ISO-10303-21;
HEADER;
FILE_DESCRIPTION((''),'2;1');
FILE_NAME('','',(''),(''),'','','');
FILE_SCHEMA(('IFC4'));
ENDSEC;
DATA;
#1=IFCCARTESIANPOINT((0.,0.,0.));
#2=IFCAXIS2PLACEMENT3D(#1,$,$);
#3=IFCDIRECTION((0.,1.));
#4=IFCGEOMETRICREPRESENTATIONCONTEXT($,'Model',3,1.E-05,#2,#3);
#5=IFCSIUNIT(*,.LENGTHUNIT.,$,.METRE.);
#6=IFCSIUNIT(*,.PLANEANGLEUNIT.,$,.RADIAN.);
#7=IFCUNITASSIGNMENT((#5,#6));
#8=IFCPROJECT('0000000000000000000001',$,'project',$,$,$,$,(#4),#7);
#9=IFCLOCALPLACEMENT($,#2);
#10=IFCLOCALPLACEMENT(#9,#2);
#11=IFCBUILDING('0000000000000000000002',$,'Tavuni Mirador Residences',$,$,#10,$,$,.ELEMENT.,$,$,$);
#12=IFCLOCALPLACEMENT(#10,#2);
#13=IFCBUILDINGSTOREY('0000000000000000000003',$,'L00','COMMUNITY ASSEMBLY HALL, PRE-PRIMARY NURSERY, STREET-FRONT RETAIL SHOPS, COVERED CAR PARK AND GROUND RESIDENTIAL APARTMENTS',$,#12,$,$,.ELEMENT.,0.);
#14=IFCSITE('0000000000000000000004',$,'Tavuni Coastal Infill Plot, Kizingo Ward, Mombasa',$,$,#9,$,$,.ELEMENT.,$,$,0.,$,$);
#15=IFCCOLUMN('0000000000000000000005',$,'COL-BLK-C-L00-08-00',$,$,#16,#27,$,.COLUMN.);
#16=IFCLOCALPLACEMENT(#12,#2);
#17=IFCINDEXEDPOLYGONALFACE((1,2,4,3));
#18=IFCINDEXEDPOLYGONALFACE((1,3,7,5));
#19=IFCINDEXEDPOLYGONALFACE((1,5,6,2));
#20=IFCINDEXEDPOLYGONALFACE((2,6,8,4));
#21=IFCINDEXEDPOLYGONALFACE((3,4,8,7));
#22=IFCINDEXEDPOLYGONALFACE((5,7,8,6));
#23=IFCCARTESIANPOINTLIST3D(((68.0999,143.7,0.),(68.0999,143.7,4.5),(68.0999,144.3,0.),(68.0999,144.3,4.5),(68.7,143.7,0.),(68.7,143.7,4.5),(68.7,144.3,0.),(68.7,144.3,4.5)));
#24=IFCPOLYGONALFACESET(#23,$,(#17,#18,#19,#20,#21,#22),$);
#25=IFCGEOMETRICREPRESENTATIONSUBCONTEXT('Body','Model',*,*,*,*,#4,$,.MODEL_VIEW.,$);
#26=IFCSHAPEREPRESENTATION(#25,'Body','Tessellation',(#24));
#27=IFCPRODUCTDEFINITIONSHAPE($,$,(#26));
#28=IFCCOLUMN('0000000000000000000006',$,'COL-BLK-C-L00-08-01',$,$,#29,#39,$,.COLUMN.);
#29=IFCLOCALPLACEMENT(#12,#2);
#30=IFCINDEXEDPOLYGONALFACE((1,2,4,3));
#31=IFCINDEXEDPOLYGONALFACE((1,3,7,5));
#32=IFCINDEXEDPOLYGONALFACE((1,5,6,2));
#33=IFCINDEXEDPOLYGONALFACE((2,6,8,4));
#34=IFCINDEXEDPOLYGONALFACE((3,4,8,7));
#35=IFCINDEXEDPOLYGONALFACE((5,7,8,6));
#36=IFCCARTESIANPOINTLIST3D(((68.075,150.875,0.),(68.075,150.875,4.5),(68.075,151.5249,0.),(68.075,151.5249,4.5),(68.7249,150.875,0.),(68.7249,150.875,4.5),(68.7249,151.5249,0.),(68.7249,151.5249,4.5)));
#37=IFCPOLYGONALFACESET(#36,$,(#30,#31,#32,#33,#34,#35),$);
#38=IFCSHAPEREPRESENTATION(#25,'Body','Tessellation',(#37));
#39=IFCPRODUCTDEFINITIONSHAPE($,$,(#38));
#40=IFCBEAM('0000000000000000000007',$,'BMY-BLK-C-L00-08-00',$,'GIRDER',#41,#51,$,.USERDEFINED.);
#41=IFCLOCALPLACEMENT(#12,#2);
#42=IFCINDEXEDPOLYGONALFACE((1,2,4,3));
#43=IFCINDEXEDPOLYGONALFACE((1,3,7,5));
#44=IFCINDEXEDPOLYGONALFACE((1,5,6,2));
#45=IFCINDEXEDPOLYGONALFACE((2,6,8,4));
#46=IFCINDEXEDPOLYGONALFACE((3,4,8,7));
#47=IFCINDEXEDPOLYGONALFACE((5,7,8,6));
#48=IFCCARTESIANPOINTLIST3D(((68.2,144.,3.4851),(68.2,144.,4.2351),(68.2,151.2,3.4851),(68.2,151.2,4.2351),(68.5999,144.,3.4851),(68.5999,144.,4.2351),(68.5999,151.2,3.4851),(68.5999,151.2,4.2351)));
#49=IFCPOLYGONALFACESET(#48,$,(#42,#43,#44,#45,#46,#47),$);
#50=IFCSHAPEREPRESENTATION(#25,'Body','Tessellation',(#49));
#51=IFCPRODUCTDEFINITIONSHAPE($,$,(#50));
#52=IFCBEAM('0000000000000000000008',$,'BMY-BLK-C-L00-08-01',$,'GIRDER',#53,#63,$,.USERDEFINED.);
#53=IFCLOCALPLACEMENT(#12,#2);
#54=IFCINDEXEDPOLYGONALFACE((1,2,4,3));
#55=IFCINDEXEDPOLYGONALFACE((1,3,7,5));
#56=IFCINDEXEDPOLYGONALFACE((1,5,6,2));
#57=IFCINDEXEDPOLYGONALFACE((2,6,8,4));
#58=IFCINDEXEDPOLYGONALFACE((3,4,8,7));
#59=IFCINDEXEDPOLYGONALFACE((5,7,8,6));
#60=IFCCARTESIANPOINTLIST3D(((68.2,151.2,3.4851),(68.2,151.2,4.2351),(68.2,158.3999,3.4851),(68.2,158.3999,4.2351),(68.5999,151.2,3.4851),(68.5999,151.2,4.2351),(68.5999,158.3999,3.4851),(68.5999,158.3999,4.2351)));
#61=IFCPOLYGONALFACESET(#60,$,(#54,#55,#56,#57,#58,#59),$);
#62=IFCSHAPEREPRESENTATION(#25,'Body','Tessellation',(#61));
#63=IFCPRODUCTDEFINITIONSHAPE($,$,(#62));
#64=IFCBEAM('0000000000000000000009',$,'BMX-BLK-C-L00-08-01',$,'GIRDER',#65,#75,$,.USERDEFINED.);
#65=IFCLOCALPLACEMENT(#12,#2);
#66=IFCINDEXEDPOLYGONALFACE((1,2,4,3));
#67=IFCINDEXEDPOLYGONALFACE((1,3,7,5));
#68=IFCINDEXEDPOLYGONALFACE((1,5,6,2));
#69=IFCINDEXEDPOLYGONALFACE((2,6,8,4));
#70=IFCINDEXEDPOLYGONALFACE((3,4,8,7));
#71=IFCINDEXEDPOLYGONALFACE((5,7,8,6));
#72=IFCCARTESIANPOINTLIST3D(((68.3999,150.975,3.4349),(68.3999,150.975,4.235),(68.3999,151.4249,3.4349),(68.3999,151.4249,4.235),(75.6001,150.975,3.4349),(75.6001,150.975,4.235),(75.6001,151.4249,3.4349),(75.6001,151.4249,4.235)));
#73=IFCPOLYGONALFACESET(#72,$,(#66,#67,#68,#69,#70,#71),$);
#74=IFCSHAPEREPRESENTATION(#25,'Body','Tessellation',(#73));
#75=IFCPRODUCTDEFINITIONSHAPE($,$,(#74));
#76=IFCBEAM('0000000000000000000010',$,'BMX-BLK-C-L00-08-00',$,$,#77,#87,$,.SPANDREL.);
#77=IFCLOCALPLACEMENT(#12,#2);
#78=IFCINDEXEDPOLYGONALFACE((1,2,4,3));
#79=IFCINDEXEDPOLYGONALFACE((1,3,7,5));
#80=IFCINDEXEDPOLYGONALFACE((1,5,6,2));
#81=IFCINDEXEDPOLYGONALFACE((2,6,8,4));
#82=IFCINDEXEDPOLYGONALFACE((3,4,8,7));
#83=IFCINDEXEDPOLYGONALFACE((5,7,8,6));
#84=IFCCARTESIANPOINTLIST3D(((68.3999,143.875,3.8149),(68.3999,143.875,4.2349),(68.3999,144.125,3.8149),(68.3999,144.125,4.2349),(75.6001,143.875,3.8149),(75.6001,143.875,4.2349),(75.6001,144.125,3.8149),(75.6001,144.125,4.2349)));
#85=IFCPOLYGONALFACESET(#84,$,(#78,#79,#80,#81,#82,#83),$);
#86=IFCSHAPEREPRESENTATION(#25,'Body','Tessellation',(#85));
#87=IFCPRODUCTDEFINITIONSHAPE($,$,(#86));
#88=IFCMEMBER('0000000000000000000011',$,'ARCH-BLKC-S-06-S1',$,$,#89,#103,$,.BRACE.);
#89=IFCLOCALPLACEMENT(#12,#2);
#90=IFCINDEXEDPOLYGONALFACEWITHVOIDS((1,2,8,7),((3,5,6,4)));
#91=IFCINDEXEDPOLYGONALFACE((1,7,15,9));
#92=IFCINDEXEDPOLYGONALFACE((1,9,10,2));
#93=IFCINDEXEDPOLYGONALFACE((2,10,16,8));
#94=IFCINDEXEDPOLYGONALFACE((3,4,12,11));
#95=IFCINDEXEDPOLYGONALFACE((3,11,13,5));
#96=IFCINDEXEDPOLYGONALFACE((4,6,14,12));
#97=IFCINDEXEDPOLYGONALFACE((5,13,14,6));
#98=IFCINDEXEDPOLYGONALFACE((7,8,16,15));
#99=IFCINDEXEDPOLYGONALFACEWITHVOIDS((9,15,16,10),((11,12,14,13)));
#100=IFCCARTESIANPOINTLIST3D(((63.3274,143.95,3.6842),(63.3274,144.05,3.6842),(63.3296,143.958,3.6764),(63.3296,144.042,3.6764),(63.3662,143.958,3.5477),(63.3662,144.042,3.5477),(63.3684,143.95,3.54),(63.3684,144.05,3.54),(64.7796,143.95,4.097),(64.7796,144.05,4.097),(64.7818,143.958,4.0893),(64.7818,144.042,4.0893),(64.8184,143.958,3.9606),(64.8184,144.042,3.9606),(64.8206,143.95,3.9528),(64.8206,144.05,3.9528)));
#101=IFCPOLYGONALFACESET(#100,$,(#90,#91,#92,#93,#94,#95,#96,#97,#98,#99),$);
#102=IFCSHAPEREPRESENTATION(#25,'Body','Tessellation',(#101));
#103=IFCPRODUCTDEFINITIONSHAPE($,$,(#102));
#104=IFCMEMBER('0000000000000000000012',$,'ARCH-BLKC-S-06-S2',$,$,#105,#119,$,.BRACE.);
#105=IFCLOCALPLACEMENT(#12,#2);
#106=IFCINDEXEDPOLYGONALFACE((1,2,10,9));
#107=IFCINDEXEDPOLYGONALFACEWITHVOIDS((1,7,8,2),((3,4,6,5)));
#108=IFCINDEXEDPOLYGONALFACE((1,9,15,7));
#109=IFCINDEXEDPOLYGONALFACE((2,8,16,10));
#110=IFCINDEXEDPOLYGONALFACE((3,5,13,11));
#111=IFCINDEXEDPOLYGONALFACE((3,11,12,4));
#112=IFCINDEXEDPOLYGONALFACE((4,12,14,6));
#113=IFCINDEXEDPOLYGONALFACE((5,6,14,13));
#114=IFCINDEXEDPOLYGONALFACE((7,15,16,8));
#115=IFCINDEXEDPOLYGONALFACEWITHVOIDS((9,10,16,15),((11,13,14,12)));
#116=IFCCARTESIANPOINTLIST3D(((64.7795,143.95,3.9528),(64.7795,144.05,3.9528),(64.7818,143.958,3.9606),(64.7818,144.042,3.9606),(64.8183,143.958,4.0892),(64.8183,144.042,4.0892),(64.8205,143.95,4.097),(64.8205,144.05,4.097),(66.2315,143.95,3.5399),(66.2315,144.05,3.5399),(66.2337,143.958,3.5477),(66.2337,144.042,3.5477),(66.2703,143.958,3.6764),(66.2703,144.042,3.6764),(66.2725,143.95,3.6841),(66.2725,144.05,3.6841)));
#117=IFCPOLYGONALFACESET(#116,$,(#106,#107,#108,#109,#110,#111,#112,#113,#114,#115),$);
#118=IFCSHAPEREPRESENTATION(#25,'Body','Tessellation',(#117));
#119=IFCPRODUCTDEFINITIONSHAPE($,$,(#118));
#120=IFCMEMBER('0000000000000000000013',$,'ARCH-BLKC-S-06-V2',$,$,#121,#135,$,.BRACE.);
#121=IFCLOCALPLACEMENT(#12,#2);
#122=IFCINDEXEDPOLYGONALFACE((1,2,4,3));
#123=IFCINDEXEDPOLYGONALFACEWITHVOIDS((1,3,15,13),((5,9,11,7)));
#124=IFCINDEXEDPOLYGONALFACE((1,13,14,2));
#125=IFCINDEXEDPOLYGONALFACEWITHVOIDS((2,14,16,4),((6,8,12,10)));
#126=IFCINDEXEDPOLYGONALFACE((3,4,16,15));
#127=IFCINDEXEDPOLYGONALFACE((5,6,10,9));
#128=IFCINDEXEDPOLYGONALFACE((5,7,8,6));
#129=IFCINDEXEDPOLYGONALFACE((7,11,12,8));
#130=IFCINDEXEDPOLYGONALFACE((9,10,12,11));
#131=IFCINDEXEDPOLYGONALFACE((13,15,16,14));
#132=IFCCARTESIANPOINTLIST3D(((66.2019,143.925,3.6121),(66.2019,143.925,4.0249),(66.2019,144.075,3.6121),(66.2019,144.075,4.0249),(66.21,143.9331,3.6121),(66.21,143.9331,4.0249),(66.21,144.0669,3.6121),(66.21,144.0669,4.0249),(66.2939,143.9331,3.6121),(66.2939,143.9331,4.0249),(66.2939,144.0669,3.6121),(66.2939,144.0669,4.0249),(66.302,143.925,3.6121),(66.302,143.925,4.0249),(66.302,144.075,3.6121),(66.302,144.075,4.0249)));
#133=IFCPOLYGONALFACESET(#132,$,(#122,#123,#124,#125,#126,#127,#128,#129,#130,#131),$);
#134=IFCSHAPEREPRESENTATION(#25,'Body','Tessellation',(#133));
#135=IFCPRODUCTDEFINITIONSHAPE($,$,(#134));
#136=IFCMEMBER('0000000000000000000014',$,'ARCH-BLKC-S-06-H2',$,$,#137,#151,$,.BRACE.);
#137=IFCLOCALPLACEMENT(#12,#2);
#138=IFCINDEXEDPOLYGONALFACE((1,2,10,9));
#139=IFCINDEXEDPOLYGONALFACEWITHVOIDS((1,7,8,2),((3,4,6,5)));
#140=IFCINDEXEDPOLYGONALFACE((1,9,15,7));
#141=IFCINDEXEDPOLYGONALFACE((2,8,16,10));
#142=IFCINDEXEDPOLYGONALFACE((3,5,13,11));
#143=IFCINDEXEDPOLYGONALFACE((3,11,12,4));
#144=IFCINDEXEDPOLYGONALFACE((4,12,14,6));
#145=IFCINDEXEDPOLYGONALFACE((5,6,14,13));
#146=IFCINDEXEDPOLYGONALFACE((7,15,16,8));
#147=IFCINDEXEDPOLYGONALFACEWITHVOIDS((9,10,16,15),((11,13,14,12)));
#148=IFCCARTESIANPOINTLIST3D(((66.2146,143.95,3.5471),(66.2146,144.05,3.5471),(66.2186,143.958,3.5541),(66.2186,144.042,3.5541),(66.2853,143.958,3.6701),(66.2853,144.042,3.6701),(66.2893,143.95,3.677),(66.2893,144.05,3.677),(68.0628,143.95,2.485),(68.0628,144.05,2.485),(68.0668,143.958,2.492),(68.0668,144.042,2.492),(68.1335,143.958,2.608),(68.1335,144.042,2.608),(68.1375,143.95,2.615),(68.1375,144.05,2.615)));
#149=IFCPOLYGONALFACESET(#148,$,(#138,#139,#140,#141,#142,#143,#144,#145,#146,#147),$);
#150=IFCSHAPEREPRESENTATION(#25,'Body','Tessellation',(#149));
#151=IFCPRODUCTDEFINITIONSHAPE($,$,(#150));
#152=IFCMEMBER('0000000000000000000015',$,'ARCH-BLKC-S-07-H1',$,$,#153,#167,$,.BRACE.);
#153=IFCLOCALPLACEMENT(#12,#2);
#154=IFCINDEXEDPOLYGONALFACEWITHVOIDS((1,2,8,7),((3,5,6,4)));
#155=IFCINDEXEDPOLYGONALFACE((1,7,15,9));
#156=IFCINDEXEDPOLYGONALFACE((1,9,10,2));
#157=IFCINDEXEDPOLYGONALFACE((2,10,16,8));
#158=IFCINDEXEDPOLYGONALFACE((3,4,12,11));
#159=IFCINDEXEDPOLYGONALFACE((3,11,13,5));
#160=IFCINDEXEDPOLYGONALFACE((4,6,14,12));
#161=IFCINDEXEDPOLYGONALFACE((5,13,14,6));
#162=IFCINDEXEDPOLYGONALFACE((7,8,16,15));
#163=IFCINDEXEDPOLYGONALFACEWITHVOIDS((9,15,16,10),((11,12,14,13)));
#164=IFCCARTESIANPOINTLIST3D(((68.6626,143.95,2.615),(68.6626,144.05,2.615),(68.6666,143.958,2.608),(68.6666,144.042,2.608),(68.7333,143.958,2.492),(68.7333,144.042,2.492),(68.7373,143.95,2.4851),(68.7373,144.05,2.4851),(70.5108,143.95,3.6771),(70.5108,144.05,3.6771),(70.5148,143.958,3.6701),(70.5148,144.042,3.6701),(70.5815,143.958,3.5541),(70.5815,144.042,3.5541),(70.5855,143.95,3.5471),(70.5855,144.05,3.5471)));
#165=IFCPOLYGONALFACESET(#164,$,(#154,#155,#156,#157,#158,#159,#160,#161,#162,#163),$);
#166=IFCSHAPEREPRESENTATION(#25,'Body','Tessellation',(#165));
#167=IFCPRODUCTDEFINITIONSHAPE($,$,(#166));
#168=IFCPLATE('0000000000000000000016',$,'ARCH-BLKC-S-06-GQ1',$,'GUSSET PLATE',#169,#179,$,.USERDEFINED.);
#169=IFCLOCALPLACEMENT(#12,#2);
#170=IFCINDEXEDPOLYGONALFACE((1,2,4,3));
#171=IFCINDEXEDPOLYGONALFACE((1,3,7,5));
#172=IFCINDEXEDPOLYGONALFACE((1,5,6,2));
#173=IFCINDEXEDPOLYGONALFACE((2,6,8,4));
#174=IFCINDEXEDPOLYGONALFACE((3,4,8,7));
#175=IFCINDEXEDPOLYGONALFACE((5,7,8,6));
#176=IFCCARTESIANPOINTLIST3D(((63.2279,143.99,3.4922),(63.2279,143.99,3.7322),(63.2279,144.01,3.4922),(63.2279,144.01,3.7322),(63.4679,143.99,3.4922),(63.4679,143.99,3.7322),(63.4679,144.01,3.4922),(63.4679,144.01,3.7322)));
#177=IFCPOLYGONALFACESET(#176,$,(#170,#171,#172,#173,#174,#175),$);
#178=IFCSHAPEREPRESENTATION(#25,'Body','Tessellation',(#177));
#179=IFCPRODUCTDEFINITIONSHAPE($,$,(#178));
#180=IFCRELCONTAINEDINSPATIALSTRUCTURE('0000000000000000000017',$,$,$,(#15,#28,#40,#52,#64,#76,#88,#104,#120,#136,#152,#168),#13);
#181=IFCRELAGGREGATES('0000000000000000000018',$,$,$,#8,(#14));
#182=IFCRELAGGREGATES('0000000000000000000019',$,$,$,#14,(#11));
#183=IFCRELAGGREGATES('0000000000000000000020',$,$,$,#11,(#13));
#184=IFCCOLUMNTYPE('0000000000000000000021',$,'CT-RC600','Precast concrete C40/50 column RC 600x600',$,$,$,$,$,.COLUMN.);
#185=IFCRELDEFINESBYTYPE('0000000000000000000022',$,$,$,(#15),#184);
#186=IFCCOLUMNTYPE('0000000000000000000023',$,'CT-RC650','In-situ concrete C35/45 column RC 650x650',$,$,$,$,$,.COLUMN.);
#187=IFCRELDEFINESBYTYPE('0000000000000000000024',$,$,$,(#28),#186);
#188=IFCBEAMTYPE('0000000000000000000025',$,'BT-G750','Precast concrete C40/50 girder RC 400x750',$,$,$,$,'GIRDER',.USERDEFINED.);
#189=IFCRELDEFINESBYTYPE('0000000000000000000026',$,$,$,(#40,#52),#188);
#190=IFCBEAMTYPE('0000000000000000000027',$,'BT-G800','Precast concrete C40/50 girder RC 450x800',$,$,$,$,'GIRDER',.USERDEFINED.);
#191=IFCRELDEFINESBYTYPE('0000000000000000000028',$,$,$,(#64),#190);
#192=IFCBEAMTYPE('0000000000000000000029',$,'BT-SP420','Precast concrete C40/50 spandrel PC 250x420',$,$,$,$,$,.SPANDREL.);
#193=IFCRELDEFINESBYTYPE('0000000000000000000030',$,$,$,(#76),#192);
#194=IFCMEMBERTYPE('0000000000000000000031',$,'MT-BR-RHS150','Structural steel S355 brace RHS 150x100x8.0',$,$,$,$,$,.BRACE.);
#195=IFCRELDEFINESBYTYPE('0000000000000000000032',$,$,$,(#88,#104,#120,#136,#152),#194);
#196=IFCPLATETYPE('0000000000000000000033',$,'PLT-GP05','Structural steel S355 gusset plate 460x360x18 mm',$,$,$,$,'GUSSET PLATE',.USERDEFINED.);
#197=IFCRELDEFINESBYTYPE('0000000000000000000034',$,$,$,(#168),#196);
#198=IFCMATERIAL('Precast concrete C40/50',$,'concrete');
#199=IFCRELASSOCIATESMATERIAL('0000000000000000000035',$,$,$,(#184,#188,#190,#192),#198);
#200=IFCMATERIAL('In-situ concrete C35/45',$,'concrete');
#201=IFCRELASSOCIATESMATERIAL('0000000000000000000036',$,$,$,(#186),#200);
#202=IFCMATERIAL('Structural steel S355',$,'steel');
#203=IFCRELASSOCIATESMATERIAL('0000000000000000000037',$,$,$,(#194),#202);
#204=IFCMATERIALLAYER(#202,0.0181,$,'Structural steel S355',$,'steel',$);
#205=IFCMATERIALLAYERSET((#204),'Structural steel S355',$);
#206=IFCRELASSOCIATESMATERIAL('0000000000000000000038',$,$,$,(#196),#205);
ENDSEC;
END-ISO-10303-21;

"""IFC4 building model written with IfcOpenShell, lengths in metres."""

from ifc_helpers import new_model, si_unit, direction, frame, origin, origin_2d, place, context, subcontext, project, spatial, rectangle, hollow_rectangle, extrude, material, layer, layer_set, material_profile, profile_set, type_object, element, save


model = new_model("IFC4")

# Units and contexts
model_context = context("Model", 3, precision=1e-05, world=origin(), true_north=direction((0.0, 1.0)))
body_context = subcontext(model_context, "Body", "Model", "MODEL_VIEW")
ifc_project = project(units=[si_unit("LENGTHUNIT", "METRE"), si_unit("PLANEANGLEUNIT", "RADIAN")], contexts=[model_context])

# Site, building, storey
site_placement = place(None, origin())
site = spatial("IfcSite", under=ifc_project, at=site_placement, Name="Tavuni Coastal Infill Plot, Kizingo Ward, Mombasa", CompositionType="ELEMENT", RefElevation=0.0)
building_placement = place(site_placement, origin())
building = spatial("IfcBuilding", under=site, at=building_placement, Name="Tavuni Mirador Residences", CompositionType="ELEMENT")
storey_placement = place(building_placement, origin())
storey = spatial("IfcBuildingStorey", under=building, at=storey_placement, Name="L00", Description="COMMUNITY ASSEMBLY HALL, PRE-PRIMARY NURSERY, STREET-FRONT RETAIL SHOPS, COVERED CAR PARK AND GROUND RESIDENTIAL APARTMENTS", CompositionType="ELEMENT", Elevation=0.0)

# Columns
ifc_material_1 = material(Name="Precast concrete C40/50", Category="concrete")
ifc_material_profile_1 = material_profile(ifc_material_1, rectangle(XDim=0.6001, YDim=0.6001, at=origin_2d()), Name="RC 600x600", Category="concrete")
ifc_profile_set_1 = profile_set([ifc_material_profile_1], Name="Precast concrete C40/50")
column_type_1 = type_object("IfcColumnType", Name="CT-RC600", Description="Precast concrete C40/50 column RC 600x600", PredefinedType="COLUMN", material=ifc_profile_set_1)
column_1_placement = place(storey_placement, frame((68.3999, 144.0, 0.0), z_axis=(0.0, 0.0, 1.0), x_axis=(1.0, 0.0, 0.0)))
element("IfcColumn", 1, at=column_1_placement, inside=storey, type_object=column_type_1, Name="COL-BLK-C-L00-08-00", PredefinedType="COLUMN", context=body_context, shape_type="SweptSolid", body=[
    extrude(rectangle(XDim=0.6001, YDim=0.6001, at=origin_2d()), origin(), (0.0, 0.0, 1.0), 4.5),
])
ifc_material_2 = material(Name="In-situ concrete C35/45", Category="concrete")
ifc_material_profile_2 = material_profile(ifc_material_2, rectangle(XDim=0.6499, YDim=0.6499, at=origin_2d()), Name="RC 650x650", Category="concrete")
ifc_profile_set_2 = profile_set([ifc_material_profile_2], Name="In-situ concrete C35/45")
column_type_2 = type_object("IfcColumnType", Name="CT-RC650", Description="In-situ concrete C35/45 column RC 650x650", PredefinedType="COLUMN", material=ifc_profile_set_2)
column_2_placement = place(storey_placement, frame((68.3999, 151.2, 0.0), z_axis=(0.0, 0.0, 1.0), x_axis=(1.0, 0.0, 0.0)))
element("IfcColumn", 2, at=column_2_placement, inside=storey, type_object=column_type_2, Name="COL-BLK-C-L00-08-01", PredefinedType="COLUMN", context=body_context, shape_type="SweptSolid", body=[
    extrude(rectangle(XDim=0.6499, YDim=0.6499, at=origin_2d()), origin(), (0.0, 0.0, 1.0), 4.5),
])

# Beams
ifc_material_profile_3 = material_profile(ifc_material_1, rectangle(XDim=0.3999, YDim=0.75, at=origin_2d()), Name="RC 400x750", Category="concrete")
ifc_profile_set_3 = profile_set([ifc_material_profile_3], Name="Precast concrete C40/50")
beam_type_1 = type_object("IfcBeamType", Name="BT-G750", Description="Precast concrete C40/50 girder RC 400x750", ElementType="GIRDER", PredefinedType="USERDEFINED", material=ifc_profile_set_3)
for number, where, z_axis, x_axis, name in (
    (3, (68.3999, 144.0, 3.8601), (0.0, 1.0, 0.0), (-1.0, 0.0, 0.0), "BMY-BLK-C-L00-08-00"),
    (4, (68.3999, 151.2, 3.8601), (0.0, 1.0, 0.0), (-1.0, 0.0, 0.0), "BMY-BLK-C-L00-08-01"),
):
    element("IfcBeam", number, at=place(storey_placement, frame(where, z_axis=z_axis, x_axis=x_axis)), inside=storey, type_object=beam_type_1, Name=name, ObjectType="GIRDER", PredefinedType="USERDEFINED", context=body_context, shape_type="SweptSolid", body=[
        extrude(rectangle(XDim=0.3999, YDim=0.75, at=origin_2d()), origin(), (0.0, 0.0, 1.0), 7.2),
    ])
ifc_material_profile_4 = material_profile(ifc_material_1, rectangle(XDim=0.45, YDim=0.8, at=origin_2d()), Name="RC 450x800", Category="concrete")
ifc_profile_set_4 = profile_set([ifc_material_profile_4], Name="Precast concrete C40/50")
beam_type_2 = type_object("IfcBeamType", Name="BT-G800", Description="Precast concrete C40/50 girder RC 450x800", ElementType="GIRDER", PredefinedType="USERDEFINED", material=ifc_profile_set_4)
beam_1_placement = place(storey_placement, frame((68.3999, 151.2, 3.835), z_axis=(1.0, 0.0, 0.0), x_axis=(0.0, 1.0, 0.0)))
element("IfcBeam", 5, at=beam_1_placement, inside=storey, type_object=beam_type_2, Name="BMX-BLK-C-L00-08-01", ObjectType="GIRDER", PredefinedType="USERDEFINED", context=body_context, shape_type="SweptSolid", body=[
    extrude(rectangle(XDim=0.45, YDim=0.8, at=origin_2d()), origin(), (0.0, 0.0, 1.0), 7.2002),
])
ifc_material_profile_5 = material_profile(ifc_material_1, rectangle(XDim=0.25, YDim=0.4199, at=origin_2d()), Name="PC 250x420", Category="concrete")
ifc_profile_set_5 = profile_set([ifc_material_profile_5], Name="Precast concrete C40/50")
beam_type_3 = type_object("IfcBeamType", Name="BT-SP420", Description="Precast concrete C40/50 spandrel PC 250x420", PredefinedType="SPANDREL", material=ifc_profile_set_5)
beam_2_placement = place(storey_placement, frame((68.3999, 144.0, 4.0249), z_axis=(1.0, 0.0, 0.0), x_axis=(0.0, 1.0, 0.0)))
element("IfcBeam", 6, at=beam_2_placement, inside=storey, type_object=beam_type_3, Name="BMX-BLK-C-L00-08-00", PredefinedType="SPANDREL", context=body_context, shape_type="SweptSolid", body=[
    extrude(rectangle(XDim=0.25, YDim=0.4199, at=origin_2d()), origin(), (0.0, 0.0, 1.0), 7.2002),
])

# Members
ifc_material_3 = material(Name="Structural steel S355", Category="steel")
ifc_material_profile_6 = material_profile(ifc_material_3, hollow_rectangle(XDim=0.1001, YDim=0.1499, WallThickness=0.0081, at=origin_2d()), Name="RHS 150x100x8.0", Category="steel")
ifc_profile_set_6 = profile_set([ifc_material_profile_6], Name="Structural steel S355")
member_type = type_object("IfcMemberType", Name="MT-BR-RHS150", Description="Structural steel S355 brace RHS 150x100x8.0", PredefinedType="BRACE", material=ifc_profile_set_6)
member_1_placement = place(storey_placement, frame((63.3479, 144.0, 3.6121), z_axis=(0.961883, 0.0, 0.273461), x_axis=(0.0, 1.0, 0.0)))
element("IfcMember", 7, at=member_1_placement, inside=storey, type_object=member_type, Name="ARCH-BLKC-S-06-S1", PredefinedType="BRACE", context=body_context, shape_type="SweptSolid", body=[
    extrude(hollow_rectangle(XDim=0.1001, YDim=0.1499, WallThickness=0.0081, at=origin_2d()), origin(), (0.0, 0.0, 1.0), 1.5098),
])
member_2_placement = place(storey_placement, frame((64.8, 144.0, 4.0249), z_axis=(0.961871, 0.0, -0.273503), x_axis=(0.0, 1.0, 0.0)))
element("IfcMember", 8, at=member_2_placement, inside=storey, type_object=member_type, Name="ARCH-BLKC-S-06-S2", PredefinedType="BRACE", context=body_context, shape_type="SweptSolid", body=[
    extrude(hollow_rectangle(XDim=0.1001, YDim=0.1499, WallThickness=0.0081, at=origin_2d()), origin(), (0.0, 0.0, 1.0), 1.5095),
])
member_3_placement = place(storey_placement, frame((66.252, 144.0, 3.6121), z_axis=(0.0, 0.0, 1.0), x_axis=(1.0, 0.0, 0.0)))
element("IfcMember", 9, at=member_3_placement, inside=storey, type_object=member_type, Name="ARCH-BLKC-S-06-V2", PredefinedType="BRACE", context=body_context, shape_type="SweptSolid", body=[
    extrude(hollow_rectangle(XDim=0.1001, YDim=0.1499, WallThickness=0.0081, at=origin_2d()), origin(), (0.0, 0.0, 1.0), 0.4128),
])
for number, where, z_axis, x_axis, name in (
    (10, (66.252, 144.0, 3.6121), (0.867042, 0.0, -0.498234), (0.0, 1.0, 0.0), "ARCH-BLKC-S-06-H2"),
    (11, (68.7, 144.0, 2.55), (0.867042, 0.0, 0.498234), (0.0, 1.0, 0.0), "ARCH-BLKC-S-07-H1"),
):
    element("IfcMember", number, at=place(storey_placement, frame(where, z_axis=z_axis, x_axis=x_axis)), inside=storey, type_object=member_type, Name=name, PredefinedType="BRACE", context=body_context, shape_type="SweptSolid", body=[
        extrude(hollow_rectangle(XDim=0.1001, YDim=0.1499, WallThickness=0.0081, at=origin_2d()), origin(), (0.0, 0.0, 1.0), 2.1316),
    ])

# Plate
ifc_layer_1 = layer(ifc_material_3, 0.0181, Name="Structural steel S355", Category="steel")
ifc_layer_set_1 = layer_set([ifc_layer_1], Name="Structural steel S355")
plate_type = type_object("IfcPlateType", Name="PLT-GP05", Description="Structural steel S355 gusset plate 460x360x18 mm", ElementType="GUSSET PLATE", PredefinedType="USERDEFINED", material=ifc_layer_set_1)
for number, where, z_axis, x_axis, name in (
    (12, (63.3479, 144.0, 3.4922), (0.0, 0.0, 1.0), (1.0, 0.0, 0.0), "ARCH-BLKC-S-06-GQ1"),
):
    element("IfcPlate", number, at=place(storey_placement, frame(where, z_axis=z_axis, x_axis=x_axis)), inside=storey, type_object=plate_type, Name=name, ObjectType="GUSSET PLATE", PredefinedType="USERDEFINED", context=body_context, shape_type="SweptSolid", body=[
        extrude(rectangle(XDim=0.24, YDim=0.02, at=origin_2d()), origin(), (0.0, 0.0, 1.0), 0.24),
    ])

save(model, "model.ifc")
